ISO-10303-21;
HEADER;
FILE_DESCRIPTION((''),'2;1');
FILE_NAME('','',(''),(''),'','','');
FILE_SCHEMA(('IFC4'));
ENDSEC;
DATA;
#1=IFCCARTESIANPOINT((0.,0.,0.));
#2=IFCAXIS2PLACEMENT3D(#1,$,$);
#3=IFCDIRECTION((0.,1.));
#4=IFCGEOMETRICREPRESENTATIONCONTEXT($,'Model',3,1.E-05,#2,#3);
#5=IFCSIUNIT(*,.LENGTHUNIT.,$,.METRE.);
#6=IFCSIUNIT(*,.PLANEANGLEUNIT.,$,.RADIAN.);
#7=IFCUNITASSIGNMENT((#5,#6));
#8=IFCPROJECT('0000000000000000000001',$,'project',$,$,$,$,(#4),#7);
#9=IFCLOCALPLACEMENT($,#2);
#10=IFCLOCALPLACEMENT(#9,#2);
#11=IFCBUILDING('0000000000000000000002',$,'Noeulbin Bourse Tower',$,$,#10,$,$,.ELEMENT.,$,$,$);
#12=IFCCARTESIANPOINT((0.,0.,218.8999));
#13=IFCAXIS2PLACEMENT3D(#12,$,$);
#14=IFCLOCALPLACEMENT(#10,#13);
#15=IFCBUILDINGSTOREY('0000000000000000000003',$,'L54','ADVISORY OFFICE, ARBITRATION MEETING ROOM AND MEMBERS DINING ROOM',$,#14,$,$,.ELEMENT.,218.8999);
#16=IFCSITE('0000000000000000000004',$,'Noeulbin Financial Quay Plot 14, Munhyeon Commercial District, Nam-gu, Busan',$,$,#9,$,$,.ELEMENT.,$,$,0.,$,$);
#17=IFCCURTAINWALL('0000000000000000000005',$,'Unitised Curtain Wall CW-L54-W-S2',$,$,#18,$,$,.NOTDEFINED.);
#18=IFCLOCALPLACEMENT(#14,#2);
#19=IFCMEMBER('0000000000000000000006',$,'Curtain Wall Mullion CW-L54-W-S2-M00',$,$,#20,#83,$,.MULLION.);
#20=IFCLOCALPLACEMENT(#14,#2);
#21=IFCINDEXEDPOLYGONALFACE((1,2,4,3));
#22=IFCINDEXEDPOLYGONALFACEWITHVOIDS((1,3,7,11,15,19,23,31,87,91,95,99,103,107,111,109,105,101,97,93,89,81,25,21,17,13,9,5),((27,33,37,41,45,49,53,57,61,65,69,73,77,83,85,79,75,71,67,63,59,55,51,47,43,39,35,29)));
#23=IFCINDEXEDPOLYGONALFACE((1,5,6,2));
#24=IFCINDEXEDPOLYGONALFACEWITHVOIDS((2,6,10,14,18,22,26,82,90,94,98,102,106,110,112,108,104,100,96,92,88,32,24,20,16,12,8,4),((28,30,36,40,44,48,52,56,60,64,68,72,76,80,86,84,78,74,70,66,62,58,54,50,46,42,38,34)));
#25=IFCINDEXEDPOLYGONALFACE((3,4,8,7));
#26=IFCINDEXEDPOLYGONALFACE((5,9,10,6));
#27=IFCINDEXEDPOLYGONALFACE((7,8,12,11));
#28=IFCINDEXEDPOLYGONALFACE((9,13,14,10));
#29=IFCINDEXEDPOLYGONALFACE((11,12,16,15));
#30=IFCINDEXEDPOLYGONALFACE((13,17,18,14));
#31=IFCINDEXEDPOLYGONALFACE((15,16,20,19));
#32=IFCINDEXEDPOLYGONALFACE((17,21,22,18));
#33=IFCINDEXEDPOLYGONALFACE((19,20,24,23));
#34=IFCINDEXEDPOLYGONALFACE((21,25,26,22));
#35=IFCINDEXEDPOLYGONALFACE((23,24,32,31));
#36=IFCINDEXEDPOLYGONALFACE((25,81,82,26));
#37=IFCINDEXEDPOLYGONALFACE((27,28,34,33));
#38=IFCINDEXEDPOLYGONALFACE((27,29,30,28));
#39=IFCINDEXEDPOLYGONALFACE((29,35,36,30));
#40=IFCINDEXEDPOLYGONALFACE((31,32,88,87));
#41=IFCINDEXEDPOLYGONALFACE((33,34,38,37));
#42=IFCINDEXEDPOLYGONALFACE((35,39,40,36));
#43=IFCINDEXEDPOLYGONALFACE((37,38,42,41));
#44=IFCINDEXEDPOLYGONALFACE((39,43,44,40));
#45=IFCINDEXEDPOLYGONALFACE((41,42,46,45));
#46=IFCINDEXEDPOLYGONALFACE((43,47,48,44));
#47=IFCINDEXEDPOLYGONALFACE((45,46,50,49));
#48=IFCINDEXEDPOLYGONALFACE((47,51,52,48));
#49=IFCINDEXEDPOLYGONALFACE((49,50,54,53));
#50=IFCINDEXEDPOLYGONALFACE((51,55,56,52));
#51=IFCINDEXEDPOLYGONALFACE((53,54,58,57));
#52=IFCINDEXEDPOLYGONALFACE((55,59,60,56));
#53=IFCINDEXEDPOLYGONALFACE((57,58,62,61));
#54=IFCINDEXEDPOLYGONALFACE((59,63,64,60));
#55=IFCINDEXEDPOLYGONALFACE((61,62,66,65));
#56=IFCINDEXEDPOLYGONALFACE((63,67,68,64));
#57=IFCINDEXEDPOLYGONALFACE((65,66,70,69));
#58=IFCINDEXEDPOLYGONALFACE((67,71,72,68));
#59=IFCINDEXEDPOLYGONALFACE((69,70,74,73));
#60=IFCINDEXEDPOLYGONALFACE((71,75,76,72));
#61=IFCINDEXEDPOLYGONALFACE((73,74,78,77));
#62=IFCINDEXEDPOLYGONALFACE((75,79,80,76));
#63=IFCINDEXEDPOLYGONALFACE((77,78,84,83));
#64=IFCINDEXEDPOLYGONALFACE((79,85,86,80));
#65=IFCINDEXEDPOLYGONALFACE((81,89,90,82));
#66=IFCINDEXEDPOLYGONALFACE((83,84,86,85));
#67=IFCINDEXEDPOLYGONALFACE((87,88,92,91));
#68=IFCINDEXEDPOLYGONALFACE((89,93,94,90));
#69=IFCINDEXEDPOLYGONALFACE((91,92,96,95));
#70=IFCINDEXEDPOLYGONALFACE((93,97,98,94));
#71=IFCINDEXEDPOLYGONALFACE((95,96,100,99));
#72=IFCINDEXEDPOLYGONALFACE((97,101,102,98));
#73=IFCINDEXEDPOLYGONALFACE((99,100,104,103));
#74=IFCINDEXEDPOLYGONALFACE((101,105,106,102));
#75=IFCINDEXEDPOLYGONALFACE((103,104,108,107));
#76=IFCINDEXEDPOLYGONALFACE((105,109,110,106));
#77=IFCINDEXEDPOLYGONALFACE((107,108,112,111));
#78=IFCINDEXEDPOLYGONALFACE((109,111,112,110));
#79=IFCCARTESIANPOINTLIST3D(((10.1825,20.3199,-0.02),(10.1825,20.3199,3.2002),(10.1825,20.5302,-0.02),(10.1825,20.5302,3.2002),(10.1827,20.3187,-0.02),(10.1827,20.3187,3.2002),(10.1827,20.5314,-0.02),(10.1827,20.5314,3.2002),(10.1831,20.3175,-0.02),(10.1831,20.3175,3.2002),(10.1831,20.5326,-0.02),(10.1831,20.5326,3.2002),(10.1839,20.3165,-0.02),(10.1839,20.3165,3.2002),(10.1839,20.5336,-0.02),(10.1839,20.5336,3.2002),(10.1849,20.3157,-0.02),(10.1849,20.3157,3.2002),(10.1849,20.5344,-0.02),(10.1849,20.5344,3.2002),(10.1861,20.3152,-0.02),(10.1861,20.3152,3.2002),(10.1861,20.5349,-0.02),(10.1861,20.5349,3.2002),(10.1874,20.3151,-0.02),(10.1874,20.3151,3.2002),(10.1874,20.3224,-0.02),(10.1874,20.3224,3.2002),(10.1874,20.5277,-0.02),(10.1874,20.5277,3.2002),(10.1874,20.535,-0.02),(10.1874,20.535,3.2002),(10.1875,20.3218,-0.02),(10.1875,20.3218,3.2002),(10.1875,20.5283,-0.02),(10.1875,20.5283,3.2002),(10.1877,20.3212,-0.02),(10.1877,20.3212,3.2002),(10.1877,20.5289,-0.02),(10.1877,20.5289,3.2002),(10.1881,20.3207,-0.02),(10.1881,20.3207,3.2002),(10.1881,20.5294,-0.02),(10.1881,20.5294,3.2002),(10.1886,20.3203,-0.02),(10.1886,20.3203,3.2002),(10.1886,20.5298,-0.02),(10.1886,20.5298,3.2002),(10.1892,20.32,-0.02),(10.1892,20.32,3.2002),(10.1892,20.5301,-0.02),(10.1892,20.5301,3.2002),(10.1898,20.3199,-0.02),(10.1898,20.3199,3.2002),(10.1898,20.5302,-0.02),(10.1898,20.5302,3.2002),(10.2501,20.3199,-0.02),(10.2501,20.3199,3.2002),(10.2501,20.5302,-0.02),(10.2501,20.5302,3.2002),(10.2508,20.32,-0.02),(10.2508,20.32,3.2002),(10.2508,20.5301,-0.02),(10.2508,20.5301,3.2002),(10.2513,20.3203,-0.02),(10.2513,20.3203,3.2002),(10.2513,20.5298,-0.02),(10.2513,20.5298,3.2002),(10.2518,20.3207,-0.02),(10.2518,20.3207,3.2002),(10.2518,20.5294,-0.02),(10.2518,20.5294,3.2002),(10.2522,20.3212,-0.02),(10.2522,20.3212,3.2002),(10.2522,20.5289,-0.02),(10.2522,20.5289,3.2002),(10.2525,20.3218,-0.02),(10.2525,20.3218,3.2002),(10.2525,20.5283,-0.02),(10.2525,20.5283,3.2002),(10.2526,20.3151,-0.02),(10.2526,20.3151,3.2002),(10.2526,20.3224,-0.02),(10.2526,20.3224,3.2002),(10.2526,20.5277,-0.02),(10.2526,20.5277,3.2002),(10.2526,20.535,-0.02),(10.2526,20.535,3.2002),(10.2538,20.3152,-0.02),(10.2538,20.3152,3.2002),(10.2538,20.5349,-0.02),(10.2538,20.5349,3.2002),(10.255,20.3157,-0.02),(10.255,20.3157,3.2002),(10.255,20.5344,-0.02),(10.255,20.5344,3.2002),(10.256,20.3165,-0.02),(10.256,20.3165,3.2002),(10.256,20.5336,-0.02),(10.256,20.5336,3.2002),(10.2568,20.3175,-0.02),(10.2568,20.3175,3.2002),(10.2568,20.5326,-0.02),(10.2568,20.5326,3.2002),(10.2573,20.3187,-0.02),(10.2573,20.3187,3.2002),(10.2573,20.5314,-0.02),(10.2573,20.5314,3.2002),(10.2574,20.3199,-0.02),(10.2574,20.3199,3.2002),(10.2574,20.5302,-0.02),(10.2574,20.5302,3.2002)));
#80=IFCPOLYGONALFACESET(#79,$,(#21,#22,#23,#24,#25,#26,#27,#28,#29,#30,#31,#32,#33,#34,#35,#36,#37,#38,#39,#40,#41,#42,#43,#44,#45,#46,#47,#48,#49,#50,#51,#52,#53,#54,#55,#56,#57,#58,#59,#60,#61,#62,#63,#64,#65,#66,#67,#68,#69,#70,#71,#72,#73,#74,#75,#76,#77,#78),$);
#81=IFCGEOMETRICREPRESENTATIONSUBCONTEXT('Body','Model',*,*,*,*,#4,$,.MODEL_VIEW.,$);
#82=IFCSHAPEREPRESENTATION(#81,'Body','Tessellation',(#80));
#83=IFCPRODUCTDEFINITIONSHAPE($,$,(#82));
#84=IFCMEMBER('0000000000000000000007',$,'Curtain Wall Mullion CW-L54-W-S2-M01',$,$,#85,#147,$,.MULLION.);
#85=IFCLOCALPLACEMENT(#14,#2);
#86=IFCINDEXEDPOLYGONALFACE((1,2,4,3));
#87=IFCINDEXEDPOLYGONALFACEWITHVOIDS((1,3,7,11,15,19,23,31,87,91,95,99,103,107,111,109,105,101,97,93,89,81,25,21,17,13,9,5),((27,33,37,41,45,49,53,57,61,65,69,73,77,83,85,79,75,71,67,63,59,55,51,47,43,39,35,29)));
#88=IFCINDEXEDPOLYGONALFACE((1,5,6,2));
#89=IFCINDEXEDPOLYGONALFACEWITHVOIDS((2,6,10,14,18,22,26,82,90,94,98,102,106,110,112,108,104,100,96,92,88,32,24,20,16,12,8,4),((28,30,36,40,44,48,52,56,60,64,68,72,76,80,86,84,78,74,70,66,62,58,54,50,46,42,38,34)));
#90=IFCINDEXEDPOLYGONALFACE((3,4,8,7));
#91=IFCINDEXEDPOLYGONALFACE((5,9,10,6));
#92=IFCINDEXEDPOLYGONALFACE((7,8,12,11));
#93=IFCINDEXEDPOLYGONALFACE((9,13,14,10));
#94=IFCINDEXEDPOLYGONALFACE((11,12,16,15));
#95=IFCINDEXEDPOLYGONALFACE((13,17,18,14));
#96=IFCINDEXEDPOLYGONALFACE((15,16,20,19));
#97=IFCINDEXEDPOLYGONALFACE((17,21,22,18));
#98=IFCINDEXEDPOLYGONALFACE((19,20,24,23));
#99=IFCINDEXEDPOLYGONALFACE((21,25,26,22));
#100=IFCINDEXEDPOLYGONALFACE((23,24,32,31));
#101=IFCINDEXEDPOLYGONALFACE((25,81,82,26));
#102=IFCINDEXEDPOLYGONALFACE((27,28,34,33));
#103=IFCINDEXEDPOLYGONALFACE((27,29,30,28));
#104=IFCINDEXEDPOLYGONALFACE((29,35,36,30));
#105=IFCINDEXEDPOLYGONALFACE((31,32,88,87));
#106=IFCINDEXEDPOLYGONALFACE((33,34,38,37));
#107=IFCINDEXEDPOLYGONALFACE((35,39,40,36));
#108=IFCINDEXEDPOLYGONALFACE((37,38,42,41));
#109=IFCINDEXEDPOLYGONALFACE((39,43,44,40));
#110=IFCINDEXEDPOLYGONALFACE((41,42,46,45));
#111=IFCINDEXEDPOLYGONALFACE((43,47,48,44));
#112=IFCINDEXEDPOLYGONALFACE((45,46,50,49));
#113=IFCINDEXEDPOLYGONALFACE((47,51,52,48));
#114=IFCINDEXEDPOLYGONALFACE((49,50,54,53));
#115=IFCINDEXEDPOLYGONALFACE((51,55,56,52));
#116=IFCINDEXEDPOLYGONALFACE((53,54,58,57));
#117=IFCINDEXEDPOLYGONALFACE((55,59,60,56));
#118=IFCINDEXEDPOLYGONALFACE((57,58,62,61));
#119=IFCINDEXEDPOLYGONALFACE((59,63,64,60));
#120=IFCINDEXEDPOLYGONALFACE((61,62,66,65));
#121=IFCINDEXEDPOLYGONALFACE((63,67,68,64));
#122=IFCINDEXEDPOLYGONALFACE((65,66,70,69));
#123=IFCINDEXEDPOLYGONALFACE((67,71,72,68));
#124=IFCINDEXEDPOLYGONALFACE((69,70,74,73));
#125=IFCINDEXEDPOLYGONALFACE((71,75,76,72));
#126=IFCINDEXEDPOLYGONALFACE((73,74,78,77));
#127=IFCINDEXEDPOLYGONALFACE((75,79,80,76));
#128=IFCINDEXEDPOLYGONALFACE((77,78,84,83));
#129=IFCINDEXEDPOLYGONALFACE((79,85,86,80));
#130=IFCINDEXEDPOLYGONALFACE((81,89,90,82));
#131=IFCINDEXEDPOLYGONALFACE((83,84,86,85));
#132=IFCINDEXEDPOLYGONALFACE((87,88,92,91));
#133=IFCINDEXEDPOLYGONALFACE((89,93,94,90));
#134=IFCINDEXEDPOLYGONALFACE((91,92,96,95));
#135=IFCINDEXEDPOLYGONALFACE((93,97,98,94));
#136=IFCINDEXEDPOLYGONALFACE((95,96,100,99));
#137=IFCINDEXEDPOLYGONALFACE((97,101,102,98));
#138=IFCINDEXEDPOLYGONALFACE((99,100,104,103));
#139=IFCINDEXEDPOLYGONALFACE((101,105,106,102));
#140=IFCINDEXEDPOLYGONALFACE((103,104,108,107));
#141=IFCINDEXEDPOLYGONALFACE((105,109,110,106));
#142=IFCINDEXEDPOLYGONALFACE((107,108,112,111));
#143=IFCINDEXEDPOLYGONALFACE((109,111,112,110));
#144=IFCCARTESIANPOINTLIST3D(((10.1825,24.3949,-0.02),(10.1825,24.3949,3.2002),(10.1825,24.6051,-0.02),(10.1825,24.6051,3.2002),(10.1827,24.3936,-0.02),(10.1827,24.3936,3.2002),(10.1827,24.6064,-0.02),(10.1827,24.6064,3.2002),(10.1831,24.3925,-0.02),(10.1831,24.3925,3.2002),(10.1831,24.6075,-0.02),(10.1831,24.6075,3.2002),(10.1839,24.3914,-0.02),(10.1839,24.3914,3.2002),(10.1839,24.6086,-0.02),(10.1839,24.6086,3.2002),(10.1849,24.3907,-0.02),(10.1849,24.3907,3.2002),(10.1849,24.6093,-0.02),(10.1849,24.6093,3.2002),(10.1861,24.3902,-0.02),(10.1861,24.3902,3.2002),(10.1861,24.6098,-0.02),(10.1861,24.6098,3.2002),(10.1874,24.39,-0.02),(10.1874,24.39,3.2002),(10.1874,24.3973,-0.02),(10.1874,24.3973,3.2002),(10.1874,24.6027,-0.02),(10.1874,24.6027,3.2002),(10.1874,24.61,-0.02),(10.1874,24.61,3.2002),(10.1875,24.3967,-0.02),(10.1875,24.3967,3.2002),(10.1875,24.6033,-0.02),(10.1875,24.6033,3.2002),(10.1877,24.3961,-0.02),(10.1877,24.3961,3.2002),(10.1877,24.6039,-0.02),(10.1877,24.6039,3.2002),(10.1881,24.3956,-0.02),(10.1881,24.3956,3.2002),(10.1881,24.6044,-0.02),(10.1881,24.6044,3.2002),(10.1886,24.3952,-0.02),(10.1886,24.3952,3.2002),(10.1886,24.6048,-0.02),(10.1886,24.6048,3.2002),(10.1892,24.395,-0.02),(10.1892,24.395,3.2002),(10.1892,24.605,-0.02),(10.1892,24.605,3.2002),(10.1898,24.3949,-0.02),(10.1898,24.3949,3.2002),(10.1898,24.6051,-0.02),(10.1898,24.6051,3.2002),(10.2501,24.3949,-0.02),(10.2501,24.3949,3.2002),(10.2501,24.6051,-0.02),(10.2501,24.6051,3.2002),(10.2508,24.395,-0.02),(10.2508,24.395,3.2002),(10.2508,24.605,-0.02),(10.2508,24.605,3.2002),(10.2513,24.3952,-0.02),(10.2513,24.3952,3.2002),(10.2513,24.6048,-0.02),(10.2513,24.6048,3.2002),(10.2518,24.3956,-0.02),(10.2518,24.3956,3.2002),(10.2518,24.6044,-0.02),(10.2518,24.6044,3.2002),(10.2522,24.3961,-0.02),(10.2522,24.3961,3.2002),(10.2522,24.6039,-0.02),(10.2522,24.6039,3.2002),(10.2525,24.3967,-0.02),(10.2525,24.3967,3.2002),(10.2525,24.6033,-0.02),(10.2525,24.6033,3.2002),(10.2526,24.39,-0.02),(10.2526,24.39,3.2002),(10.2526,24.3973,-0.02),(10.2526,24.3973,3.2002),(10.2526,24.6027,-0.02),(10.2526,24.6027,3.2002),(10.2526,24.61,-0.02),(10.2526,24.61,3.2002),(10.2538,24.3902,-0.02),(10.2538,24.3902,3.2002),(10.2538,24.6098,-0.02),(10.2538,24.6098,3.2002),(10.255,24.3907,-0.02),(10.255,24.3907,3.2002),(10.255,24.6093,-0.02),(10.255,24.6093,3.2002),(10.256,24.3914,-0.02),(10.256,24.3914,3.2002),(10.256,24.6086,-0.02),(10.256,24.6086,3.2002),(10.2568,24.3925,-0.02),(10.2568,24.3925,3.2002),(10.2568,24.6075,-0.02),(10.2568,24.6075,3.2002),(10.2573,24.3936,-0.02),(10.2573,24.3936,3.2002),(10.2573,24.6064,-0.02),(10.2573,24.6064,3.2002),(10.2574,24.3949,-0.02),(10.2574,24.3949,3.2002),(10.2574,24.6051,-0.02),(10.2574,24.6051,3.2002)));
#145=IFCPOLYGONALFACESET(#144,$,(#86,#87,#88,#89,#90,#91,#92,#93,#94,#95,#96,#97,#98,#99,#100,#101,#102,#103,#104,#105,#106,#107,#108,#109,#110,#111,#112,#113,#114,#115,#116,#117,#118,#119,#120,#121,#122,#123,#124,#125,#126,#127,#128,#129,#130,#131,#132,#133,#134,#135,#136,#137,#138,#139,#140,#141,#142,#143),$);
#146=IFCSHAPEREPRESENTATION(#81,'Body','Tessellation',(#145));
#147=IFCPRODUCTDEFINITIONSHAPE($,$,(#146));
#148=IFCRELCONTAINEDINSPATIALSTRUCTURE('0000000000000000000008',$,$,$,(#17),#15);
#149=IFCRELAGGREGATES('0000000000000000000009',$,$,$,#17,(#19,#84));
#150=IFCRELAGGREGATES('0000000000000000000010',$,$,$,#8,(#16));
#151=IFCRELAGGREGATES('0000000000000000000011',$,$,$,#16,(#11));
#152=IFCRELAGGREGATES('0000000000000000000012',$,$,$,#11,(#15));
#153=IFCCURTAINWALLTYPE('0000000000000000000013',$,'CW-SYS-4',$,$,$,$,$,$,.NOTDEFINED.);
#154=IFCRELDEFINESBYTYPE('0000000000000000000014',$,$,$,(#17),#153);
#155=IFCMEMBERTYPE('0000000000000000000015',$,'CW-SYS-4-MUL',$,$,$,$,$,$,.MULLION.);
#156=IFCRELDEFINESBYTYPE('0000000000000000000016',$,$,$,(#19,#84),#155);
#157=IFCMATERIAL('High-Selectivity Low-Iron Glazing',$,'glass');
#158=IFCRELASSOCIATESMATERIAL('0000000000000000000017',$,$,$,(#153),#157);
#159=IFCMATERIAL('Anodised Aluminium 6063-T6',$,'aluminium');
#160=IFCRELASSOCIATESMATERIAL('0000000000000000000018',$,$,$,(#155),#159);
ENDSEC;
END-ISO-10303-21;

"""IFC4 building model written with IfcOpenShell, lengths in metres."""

from ifc_helpers import new_model, si_unit, direction, frame, origin, origin_2d, place, context, subcontext, project, spatial, hollow_rectangle, extrude, material, material_profile, profile_set, type_object, element, aggregate, save


model = new_model("IFC4")

# Units and contexts
model_context = context("Model", 3, precision=1e-05, world=origin(), true_north=direction((0.0, 1.0)))
body_context = subcontext(model_context, "Body", "Model", "MODEL_VIEW")
ifc_project = project(units=[si_unit("LENGTHUNIT", "METRE"), si_unit("PLANEANGLEUNIT", "RADIAN")], contexts=[model_context])

# Site, building, storey
site_placement = place(None, origin())
site = spatial("IfcSite", under=ifc_project, at=site_placement, Name="Noeulbin Financial Quay Plot 14, Munhyeon Commercial District, Nam-gu, Busan", CompositionType="ELEMENT", RefElevation=0.0)
building_placement = place(site_placement, origin())
building = spatial("IfcBuilding", under=site, at=building_placement, Name="Noeulbin Bourse Tower", CompositionType="ELEMENT")
storey_placement = place(building_placement, frame((0.0, 0.0, 218.8999)))
storey = spatial("IfcBuildingStorey", under=building, at=storey_placement, Name="L54", Description="ADVISORY OFFICE, ARBITRATION MEETING ROOM AND MEMBERS DINING ROOM", CompositionType="ELEMENT", Elevation=218.8999)

# Curtain wall, members
ifc_material_1 = material(Name="High-Selectivity Low-Iron Glazing", Category="glass")
curtain_wall_type = type_object("IfcCurtainWallType", Name="CW-SYS-4", PredefinedType="NOTDEFINED", material=ifc_material_1)
curtain_wall_1_placement = place(storey_placement, origin())
curtain_wall_1 = element("IfcCurtainWall", 1, at=curtain_wall_1_placement, inside=storey, type_object=curtain_wall_type, Name="Unitised Curtain Wall CW-L54-W-S2", PredefinedType="NOTDEFINED")
ifc_material_2 = material(Name="Anodised Aluminium 6063-T6", Category="aluminium")
ifc_material_profile_1 = material_profile(ifc_material_2, hollow_rectangle(XDim=0.075, YDim=0.22, WallThickness=0.0049, InnerFilletRadius=0.0024, OuterFilletRadius=0.0049, at=origin_2d()), Name="ALU-MULL-75x220x5", Category="LoadBearing")
ifc_profile_set_1 = profile_set([ifc_material_profile_1], Name="Anodised Aluminium 6063-T6")
member_type_1 = type_object("IfcMemberType", Name="CW-SYS-4-MUL", PredefinedType="MULLION", material=ifc_profile_set_1)
member_1_placement = place(storey_placement, frame((10.22, 20.425, -0.02), z_axis=(0.0, 0.0, 1.0), x_axis=(1.0, 0.0, 0.0)))
member_1 = element("IfcMember", 2, at=member_1_placement, type_object=member_type_1, Name="Curtain Wall Mullion CW-L54-W-S2-M00", PredefinedType="MULLION", context=body_context, shape_type="SweptSolid", body=[
    extrude(hollow_rectangle(XDim=0.075, YDim=0.22, WallThickness=0.0049, InnerFilletRadius=0.0024, OuterFilletRadius=0.0049, at=origin_2d()), origin(), (0.0, 0.0, 1.0), 3.2202),
])
member_2_placement = place(storey_placement, frame((10.22, 24.5, -0.02), z_axis=(0.0, 0.0, 1.0), x_axis=(1.0, 0.0, 0.0)))
member_2 = element("IfcMember", 3, at=member_2_placement, type_object=member_type_1, Name="Curtain Wall Mullion CW-L54-W-S2-M01", PredefinedType="MULLION", context=body_context, shape_type="SweptSolid", body=[
    extrude(hollow_rectangle(XDim=0.075, YDim=0.22, WallThickness=0.0049, InnerFilletRadius=0.0024, OuterFilletRadius=0.0049, at=origin_2d()), origin(), (0.0, 0.0, 1.0), 3.2202),
])

aggregate(curtain_wall_1, [member_1, member_2])

save(model, "model.ifc")
